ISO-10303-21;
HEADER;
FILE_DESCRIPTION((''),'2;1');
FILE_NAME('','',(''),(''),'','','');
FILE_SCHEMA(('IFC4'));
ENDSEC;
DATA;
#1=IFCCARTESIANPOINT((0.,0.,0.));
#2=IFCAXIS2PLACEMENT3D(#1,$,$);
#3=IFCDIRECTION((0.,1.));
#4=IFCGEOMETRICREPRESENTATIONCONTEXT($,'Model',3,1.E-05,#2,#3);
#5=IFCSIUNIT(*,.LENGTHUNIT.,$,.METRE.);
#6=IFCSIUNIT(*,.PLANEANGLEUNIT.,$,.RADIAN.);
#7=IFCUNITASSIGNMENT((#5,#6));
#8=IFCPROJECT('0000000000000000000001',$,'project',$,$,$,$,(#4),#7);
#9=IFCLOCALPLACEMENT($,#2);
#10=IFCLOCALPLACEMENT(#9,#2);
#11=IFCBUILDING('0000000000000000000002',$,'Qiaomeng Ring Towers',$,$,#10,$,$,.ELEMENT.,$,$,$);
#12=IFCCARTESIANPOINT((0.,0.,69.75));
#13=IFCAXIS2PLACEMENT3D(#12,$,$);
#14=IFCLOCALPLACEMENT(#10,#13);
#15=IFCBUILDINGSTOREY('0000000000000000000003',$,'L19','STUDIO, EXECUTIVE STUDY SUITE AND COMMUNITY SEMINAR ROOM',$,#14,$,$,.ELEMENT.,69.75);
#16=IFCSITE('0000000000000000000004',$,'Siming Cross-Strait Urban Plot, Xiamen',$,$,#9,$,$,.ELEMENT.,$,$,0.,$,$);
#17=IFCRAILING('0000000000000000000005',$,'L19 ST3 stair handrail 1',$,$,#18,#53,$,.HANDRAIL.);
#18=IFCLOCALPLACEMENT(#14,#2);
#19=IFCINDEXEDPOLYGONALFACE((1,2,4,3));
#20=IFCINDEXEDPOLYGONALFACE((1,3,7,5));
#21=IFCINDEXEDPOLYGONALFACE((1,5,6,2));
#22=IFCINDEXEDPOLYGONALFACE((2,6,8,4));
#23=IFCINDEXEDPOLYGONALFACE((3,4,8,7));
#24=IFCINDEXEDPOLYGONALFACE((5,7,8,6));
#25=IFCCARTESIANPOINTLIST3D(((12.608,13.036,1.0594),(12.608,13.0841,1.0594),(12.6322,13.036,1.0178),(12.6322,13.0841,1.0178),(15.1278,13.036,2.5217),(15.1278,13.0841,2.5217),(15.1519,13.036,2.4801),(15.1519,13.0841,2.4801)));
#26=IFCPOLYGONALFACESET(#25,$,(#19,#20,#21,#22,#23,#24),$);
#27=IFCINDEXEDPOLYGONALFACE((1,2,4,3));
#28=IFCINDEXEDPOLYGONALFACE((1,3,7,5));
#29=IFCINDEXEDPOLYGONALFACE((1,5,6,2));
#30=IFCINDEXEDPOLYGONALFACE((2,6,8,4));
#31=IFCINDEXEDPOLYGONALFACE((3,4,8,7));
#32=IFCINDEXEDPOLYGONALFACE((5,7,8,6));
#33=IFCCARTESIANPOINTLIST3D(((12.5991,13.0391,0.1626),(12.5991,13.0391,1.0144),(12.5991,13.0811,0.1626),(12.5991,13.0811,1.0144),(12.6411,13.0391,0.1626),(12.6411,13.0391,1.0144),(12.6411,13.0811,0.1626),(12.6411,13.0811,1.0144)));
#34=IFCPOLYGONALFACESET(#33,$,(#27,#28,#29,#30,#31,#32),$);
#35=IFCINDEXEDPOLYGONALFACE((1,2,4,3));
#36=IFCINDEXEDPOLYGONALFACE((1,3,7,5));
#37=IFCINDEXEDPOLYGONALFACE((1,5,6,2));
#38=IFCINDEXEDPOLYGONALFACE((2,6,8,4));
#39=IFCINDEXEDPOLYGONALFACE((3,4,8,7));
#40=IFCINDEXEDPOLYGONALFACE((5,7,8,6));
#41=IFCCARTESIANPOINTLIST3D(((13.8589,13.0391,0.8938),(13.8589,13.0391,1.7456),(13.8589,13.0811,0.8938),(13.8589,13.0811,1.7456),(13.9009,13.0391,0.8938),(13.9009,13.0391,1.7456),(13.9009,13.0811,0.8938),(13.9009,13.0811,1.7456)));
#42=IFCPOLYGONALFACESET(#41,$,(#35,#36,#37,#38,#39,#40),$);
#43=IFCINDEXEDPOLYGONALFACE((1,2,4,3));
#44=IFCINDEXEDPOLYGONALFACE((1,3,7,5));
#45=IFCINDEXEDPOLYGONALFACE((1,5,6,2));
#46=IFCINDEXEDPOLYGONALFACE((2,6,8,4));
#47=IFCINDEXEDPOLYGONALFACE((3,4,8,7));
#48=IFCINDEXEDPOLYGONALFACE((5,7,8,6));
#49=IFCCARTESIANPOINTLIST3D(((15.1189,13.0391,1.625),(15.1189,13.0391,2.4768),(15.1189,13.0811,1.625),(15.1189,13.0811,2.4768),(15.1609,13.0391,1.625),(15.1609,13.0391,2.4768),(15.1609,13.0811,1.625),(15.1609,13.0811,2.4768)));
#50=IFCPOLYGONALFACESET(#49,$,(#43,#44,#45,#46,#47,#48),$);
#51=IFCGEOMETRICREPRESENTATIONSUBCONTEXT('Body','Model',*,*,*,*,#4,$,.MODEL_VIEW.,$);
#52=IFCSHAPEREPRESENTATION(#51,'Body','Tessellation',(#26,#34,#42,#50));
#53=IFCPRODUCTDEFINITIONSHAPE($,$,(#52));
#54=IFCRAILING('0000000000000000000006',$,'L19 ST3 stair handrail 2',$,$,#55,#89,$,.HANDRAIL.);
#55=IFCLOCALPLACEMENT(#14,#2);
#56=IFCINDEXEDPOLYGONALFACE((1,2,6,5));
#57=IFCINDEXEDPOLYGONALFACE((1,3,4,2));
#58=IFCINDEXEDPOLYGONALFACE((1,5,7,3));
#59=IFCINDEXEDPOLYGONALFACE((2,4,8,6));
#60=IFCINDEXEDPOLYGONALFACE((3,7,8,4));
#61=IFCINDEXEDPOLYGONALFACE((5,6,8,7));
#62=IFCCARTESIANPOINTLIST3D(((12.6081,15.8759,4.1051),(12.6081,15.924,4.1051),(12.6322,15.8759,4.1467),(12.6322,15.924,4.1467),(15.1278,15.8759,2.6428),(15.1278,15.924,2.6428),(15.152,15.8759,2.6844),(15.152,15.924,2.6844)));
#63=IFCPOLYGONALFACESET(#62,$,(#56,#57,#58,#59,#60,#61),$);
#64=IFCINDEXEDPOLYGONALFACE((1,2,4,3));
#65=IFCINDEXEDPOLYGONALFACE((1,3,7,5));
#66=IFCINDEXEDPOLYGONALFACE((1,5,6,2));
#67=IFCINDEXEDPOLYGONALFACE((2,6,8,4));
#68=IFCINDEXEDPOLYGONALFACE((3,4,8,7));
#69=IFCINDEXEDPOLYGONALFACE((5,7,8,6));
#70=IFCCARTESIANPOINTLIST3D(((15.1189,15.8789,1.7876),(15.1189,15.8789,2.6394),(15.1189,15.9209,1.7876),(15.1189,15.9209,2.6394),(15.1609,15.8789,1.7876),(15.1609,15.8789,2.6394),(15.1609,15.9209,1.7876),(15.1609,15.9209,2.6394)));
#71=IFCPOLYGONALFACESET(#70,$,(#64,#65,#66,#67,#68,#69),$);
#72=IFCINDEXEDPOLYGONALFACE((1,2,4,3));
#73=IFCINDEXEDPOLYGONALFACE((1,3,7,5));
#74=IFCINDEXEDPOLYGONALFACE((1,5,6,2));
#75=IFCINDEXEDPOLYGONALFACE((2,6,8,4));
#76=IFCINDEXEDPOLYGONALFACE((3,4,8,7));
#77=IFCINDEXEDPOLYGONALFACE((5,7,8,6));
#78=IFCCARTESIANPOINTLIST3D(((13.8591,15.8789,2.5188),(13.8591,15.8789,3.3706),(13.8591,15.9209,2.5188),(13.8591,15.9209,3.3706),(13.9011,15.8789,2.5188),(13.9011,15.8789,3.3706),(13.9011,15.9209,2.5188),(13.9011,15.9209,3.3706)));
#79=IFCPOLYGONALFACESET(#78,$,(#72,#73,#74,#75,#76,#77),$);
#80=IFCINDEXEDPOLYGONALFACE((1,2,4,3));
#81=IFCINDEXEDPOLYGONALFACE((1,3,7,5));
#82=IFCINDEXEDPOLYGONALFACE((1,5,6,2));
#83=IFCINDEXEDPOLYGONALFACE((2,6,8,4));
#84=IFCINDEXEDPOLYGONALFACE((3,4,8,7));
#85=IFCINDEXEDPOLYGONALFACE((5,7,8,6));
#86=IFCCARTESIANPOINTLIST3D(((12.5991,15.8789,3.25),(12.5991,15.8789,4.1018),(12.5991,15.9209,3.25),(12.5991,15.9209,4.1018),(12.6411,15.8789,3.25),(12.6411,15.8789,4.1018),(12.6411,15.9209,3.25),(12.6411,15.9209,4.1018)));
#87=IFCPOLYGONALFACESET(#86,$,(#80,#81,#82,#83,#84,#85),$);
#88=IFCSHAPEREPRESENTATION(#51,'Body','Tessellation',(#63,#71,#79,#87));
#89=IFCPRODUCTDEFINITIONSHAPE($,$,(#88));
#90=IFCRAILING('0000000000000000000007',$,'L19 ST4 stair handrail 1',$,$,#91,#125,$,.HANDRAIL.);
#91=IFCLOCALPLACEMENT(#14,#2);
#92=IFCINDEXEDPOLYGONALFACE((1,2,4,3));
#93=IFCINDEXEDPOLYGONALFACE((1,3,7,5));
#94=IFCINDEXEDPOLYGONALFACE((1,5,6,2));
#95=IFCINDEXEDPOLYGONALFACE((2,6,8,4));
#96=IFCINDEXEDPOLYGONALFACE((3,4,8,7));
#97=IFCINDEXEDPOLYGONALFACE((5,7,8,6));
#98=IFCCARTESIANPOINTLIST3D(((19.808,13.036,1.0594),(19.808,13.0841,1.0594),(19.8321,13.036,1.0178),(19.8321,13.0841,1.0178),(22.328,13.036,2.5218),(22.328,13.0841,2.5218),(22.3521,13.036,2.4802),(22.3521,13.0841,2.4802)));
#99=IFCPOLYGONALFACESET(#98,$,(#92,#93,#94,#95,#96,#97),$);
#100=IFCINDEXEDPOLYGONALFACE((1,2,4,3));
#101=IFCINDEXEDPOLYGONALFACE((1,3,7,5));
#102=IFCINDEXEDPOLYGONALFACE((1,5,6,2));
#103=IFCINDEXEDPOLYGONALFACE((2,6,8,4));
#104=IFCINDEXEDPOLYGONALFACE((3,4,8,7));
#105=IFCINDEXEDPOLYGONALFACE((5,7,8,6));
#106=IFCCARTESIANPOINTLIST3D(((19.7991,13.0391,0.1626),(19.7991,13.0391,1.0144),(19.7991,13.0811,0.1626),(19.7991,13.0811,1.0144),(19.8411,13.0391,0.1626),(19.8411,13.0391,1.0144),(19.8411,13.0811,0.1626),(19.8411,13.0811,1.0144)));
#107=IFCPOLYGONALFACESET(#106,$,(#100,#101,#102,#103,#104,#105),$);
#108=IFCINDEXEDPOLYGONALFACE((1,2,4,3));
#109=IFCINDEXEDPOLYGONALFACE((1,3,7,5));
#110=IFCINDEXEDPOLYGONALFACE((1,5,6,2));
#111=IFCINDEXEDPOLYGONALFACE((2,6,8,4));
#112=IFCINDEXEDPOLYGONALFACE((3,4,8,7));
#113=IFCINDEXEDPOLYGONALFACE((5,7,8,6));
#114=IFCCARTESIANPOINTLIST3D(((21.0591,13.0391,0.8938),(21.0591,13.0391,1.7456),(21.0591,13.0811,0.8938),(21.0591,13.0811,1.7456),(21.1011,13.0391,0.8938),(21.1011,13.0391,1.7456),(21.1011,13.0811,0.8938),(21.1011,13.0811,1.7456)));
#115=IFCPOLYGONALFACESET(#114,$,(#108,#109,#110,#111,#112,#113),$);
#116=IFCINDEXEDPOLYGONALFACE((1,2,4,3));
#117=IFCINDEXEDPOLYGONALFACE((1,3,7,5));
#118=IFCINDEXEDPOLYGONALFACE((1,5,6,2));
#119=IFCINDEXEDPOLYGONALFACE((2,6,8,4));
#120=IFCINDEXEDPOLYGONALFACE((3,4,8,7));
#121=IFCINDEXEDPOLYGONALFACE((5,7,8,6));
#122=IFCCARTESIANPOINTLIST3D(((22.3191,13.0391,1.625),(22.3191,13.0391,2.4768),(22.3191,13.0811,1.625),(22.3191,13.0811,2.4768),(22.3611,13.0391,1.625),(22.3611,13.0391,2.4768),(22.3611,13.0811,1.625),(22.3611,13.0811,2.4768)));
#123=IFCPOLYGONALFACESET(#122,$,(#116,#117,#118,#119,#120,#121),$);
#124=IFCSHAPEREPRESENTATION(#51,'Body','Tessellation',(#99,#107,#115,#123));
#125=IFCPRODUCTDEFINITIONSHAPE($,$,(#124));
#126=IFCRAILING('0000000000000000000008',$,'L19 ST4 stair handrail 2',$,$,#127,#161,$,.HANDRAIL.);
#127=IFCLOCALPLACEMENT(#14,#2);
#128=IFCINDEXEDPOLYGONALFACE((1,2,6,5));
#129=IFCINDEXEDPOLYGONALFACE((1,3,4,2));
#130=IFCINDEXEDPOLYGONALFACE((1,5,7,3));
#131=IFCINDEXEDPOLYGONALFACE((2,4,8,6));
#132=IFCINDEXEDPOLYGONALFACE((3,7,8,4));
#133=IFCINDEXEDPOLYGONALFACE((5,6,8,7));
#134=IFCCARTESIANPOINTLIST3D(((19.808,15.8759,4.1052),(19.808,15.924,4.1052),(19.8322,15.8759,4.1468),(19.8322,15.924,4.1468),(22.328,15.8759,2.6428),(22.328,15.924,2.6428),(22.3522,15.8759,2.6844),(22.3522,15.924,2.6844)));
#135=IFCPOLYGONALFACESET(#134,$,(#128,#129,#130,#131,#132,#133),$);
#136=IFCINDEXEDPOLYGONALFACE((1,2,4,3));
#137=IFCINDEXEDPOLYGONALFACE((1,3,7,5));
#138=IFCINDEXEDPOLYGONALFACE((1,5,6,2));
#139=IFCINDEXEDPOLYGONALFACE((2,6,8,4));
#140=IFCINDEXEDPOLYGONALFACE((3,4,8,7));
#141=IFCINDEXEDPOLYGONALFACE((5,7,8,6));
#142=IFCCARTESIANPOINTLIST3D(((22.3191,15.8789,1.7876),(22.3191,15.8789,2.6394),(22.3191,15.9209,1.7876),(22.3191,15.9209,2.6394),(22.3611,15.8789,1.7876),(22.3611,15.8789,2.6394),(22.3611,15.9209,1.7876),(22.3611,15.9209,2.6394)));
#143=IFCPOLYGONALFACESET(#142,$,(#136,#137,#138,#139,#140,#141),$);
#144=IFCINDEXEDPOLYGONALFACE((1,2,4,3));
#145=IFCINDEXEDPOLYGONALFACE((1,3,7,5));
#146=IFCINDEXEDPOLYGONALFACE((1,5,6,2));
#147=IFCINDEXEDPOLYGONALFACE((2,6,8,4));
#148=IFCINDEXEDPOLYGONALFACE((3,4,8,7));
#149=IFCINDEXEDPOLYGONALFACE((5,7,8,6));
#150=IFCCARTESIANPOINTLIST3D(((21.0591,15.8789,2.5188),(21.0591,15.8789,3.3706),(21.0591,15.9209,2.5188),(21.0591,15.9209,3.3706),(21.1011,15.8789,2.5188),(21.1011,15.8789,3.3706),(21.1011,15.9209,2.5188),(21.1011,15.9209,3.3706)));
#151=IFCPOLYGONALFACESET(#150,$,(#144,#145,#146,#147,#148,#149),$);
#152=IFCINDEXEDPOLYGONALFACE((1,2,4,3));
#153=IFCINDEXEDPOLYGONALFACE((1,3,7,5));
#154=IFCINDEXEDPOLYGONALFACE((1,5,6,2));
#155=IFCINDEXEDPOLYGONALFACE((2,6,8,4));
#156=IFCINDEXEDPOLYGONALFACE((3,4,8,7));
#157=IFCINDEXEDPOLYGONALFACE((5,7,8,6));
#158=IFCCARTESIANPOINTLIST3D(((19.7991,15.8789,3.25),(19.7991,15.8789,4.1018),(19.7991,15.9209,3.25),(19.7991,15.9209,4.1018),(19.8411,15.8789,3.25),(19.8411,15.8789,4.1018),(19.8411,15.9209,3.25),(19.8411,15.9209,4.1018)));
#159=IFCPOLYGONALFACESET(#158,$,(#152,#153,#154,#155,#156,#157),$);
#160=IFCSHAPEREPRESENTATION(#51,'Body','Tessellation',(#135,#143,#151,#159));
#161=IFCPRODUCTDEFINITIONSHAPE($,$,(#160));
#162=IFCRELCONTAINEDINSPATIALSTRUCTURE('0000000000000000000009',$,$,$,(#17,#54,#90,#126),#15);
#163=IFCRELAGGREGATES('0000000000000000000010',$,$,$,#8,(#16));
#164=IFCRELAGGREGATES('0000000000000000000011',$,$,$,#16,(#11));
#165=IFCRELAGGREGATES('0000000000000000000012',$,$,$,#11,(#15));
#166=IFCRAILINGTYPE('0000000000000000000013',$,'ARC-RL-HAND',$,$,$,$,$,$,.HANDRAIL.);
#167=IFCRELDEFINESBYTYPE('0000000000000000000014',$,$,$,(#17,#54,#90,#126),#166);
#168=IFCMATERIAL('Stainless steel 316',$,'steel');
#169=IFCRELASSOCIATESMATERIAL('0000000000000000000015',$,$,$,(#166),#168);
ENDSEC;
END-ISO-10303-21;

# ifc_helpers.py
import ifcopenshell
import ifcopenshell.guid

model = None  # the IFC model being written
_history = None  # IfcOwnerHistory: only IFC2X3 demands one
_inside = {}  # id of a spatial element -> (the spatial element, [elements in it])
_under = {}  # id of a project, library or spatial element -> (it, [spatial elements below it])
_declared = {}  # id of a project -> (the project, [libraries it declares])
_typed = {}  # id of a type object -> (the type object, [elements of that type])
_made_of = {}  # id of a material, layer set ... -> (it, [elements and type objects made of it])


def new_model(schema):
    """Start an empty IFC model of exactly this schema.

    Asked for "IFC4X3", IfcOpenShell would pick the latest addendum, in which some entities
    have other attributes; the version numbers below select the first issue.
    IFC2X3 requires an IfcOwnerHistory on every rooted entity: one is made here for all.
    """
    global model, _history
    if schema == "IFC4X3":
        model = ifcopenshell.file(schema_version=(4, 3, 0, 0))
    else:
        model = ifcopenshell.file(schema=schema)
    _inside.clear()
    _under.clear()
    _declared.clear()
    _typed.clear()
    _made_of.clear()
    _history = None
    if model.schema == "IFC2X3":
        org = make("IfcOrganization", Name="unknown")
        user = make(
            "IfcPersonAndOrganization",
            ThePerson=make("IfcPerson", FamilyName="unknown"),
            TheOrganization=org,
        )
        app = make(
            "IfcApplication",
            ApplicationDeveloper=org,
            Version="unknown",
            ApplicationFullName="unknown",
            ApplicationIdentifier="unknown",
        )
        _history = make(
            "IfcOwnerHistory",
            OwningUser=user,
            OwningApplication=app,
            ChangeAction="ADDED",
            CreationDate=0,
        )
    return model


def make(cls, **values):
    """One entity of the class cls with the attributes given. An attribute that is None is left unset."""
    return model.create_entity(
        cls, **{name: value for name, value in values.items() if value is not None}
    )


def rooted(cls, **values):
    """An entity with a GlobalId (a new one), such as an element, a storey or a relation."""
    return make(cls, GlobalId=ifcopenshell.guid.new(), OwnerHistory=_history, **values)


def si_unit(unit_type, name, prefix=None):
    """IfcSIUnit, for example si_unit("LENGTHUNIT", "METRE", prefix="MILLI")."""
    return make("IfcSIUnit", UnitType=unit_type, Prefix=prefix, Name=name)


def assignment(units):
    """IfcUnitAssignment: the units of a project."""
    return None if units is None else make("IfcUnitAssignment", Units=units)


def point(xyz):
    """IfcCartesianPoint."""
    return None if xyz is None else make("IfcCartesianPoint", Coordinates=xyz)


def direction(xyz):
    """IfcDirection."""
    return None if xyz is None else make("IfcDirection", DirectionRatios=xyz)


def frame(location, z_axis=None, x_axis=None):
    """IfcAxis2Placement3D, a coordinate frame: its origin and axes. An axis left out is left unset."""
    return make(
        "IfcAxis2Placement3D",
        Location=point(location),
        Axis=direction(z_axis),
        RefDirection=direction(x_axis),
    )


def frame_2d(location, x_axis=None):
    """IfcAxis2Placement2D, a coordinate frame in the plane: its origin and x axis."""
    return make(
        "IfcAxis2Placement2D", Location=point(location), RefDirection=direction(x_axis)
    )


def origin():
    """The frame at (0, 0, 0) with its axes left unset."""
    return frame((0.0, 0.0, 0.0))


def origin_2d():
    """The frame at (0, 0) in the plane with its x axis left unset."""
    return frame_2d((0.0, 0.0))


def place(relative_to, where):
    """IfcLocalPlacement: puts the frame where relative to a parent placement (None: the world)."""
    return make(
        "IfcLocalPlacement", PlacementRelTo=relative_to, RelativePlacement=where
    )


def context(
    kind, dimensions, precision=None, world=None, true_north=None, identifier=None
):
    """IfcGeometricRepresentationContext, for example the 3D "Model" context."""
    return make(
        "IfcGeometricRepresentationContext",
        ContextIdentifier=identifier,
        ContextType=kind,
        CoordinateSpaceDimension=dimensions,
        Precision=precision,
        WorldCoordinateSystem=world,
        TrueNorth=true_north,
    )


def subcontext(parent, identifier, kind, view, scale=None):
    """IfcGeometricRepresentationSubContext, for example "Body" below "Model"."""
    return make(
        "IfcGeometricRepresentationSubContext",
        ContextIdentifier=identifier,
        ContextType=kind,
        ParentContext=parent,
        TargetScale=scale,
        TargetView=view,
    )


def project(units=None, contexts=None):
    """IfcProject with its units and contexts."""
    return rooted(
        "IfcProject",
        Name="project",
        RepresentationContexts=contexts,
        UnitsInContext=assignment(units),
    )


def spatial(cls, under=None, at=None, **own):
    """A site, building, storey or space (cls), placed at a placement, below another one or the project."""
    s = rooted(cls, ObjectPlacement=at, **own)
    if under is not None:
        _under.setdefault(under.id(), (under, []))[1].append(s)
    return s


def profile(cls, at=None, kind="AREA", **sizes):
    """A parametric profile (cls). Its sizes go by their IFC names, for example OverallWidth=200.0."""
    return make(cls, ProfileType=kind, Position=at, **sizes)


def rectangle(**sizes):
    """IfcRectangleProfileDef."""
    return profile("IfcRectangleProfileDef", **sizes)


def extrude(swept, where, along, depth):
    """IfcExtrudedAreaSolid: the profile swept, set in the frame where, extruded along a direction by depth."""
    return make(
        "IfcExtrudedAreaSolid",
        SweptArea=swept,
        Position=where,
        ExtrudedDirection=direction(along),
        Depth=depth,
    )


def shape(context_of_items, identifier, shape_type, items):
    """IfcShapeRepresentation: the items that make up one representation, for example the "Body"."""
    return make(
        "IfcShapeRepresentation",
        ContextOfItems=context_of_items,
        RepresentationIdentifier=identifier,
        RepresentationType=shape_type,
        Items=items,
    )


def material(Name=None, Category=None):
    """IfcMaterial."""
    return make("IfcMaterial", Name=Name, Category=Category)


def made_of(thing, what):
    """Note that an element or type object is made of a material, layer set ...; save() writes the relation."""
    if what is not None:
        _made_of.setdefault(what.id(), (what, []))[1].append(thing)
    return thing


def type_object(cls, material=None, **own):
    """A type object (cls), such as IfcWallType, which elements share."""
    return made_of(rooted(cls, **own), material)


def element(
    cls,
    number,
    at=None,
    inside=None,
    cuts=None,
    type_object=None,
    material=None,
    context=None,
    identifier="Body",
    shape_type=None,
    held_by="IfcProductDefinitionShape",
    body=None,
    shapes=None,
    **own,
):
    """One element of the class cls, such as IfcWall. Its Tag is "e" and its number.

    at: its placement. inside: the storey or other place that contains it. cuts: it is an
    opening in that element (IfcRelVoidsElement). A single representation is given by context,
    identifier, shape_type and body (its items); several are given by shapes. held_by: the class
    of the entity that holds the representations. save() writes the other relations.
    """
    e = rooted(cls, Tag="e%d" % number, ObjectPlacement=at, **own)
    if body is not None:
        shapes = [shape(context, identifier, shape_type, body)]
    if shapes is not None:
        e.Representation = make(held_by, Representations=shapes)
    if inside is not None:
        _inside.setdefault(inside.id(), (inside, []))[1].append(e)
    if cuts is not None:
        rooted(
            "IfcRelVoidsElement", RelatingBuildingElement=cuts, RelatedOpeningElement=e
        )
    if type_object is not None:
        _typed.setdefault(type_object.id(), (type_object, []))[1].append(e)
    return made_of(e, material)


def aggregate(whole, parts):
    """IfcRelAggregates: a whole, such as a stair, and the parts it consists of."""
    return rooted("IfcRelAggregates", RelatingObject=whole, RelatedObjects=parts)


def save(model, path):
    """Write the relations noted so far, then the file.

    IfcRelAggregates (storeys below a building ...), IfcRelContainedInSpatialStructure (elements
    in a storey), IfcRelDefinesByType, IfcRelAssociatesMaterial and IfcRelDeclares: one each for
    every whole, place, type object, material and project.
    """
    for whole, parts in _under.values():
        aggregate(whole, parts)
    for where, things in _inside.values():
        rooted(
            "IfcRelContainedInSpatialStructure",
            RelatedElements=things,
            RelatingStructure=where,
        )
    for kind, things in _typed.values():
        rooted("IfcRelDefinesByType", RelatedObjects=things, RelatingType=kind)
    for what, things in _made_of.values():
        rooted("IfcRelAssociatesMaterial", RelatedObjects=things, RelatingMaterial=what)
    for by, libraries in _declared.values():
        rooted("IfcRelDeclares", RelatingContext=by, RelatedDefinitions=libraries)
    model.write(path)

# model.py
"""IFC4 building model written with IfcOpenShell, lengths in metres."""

from ifc_helpers import new_model, si_unit, direction, frame, origin, origin_2d, place, context, subcontext, project, spatial, rectangle, extrude, material, type_object, element, save


model = new_model("IFC4")

# Units and contexts
model_context = context("Model", 3, precision=1e-05, world=origin(), true_north=direction((0.0, 1.0)))
body_context = subcontext(model_context, "Body", "Model", "MODEL_VIEW")
ifc_project = project(units=[si_unit("LENGTHUNIT", "METRE"), si_unit("PLANEANGLEUNIT", "RADIAN")], contexts=[model_context])

# Site, building, storey
site_placement = place(None, origin())
site = spatial("IfcSite", under=ifc_project, at=site_placement, Name="Siming Cross-Strait Urban Plot, Xiamen", CompositionType="ELEMENT", RefElevation=0.0)
building_placement = place(site_placement, origin())
building = spatial("IfcBuilding", under=site, at=building_placement, Name="Qiaomeng Ring Towers", CompositionType="ELEMENT")
storey_placement = place(building_placement, frame((0.0, 0.0, 69.75)))
storey = spatial("IfcBuildingStorey", under=building, at=storey_placement, Name="L19", Description="STUDIO, EXECUTIVE STUDY SUITE AND COMMUNITY SEMINAR ROOM", CompositionType="ELEMENT", Elevation=69.75)

# Railings
ifc_material_1 = material(Name="Stainless steel 316", Category="steel")
railing_type_1 = type_object("IfcRailingType", Name="ARC-RL-HAND", PredefinedType="HANDRAIL", material=ifc_material_1)
railing_1_placement = place(storey_placement, frame((12.6201, 13.0601, 0.1626)))
element("IfcRailing", 1, at=railing_1_placement, inside=storey, type_object=railing_type_1, Name="L19 ST3 stair handrail 1", PredefinedType="HANDRAIL", context=body_context, shape_type="SweptSolid", body=[
    extrude(rectangle(XDim=0.0481, YDim=0.0481, at=origin_2d()), frame((0.0, 0.0, 0.876), z_axis=(0.864892, 0.0, 0.501958), x_axis=(0.0, 1.0, 0.0)), (0.0, 0.0, 1.0), 2.9133),
    extrude(rectangle(XDim=0.042, YDim=0.042, at=origin_2d()), origin(), (0.0, 0.0, 1.0), 0.8518),
    extrude(rectangle(XDim=0.042, YDim=0.042, at=origin_2d()), frame((1.2598, 0.0, 0.7312)), (0.0, 0.0, 1.0), 0.8518),
    extrude(rectangle(XDim=0.042, YDim=0.042, at=origin_2d()), frame((2.5198, 0.0, 1.4624)), (0.0, 0.0, 1.0), 0.8518),
])
railing_2_placement = place(storey_placement, frame((15.1399, 15.8999, 1.7876)))
element("IfcRailing", 2, at=railing_2_placement, inside=storey, type_object=railing_type_1, Name="L19 ST3 stair handrail 2", PredefinedType="HANDRAIL", context=body_context, shape_type="SweptSolid", body=[
    extrude(rectangle(XDim=0.0481, YDim=0.0481, at=origin_2d()), frame((0.0, 0.0, 0.876), z_axis=(-0.864892, 0.0, 0.501958), x_axis=(0.0, -1.0, 0.0)), (0.0, 0.0, 1.0), 2.9133),
    extrude(rectangle(XDim=0.042, YDim=0.042, at=origin_2d()), origin(), (0.0, 0.0, 1.0), 0.8518),
    extrude(rectangle(XDim=0.042, YDim=0.042, at=origin_2d()), frame((-1.2598, 0.0, 0.7312)), (0.0, 0.0, 1.0), 0.8518),
    extrude(rectangle(XDim=0.042, YDim=0.042, at=origin_2d()), frame((-2.5198, 0.0, 1.4624)), (0.0, 0.0, 1.0), 0.8518),
])
railing_3_placement = place(storey_placement, frame((19.8201, 13.0601, 0.1626)))
element("IfcRailing", 3, at=railing_3_placement, inside=storey, type_object=railing_type_1, Name="L19 ST4 stair handrail 1", PredefinedType="HANDRAIL", context=body_context, shape_type="SweptSolid", body=[
    extrude(rectangle(XDim=0.0481, YDim=0.0481, at=origin_2d()), frame((0.0, 0.0, 0.876), z_axis=(0.864913, 0.0, 0.501921), x_axis=(0.0, 1.0, 0.0)), (0.0, 0.0, 1.0), 2.9136),
    extrude(rectangle(XDim=0.042, YDim=0.042, at=origin_2d()), origin(), (0.0, 0.0, 1.0), 0.8518),
    extrude(rectangle(XDim=0.042, YDim=0.042, at=origin_2d()), frame((1.26, 0.0, 0.7312)), (0.0, 0.0, 1.0), 0.8518),
    extrude(rectangle(XDim=0.042, YDim=0.042, at=origin_2d()), frame((2.52, 0.0, 1.4624)), (0.0, 0.0, 1.0), 0.8518),
])
railing_4_placement = place(storey_placement, frame((22.3401, 15.8999, 1.7876)))
element("IfcRailing", 4, at=railing_4_placement, inside=storey, type_object=railing_type_1, Name="L19 ST4 stair handrail 2", PredefinedType="HANDRAIL", context=body_context, shape_type="SweptSolid", body=[
    extrude(rectangle(XDim=0.0481, YDim=0.0481, at=origin_2d()), frame((0.0, 0.0, 0.876), z_axis=(-0.864913, 0.0, 0.501921), x_axis=(0.0, -1.0, 0.0)), (0.0, 0.0, 1.0), 2.9136),
    extrude(rectangle(XDim=0.042, YDim=0.042, at=origin_2d()), origin(), (0.0, 0.0, 1.0), 0.8518),
    extrude(rectangle(XDim=0.042, YDim=0.042, at=origin_2d()), frame((-1.26, 0.0, 0.7312)), (0.0, 0.0, 1.0), 0.8518),
    extrude(rectangle(XDim=0.042, YDim=0.042, at=origin_2d()), frame((-2.52, 0.0, 1.4624)), (0.0, 0.0, 1.0), 0.8518),
])

save(model, "model.ifc")
